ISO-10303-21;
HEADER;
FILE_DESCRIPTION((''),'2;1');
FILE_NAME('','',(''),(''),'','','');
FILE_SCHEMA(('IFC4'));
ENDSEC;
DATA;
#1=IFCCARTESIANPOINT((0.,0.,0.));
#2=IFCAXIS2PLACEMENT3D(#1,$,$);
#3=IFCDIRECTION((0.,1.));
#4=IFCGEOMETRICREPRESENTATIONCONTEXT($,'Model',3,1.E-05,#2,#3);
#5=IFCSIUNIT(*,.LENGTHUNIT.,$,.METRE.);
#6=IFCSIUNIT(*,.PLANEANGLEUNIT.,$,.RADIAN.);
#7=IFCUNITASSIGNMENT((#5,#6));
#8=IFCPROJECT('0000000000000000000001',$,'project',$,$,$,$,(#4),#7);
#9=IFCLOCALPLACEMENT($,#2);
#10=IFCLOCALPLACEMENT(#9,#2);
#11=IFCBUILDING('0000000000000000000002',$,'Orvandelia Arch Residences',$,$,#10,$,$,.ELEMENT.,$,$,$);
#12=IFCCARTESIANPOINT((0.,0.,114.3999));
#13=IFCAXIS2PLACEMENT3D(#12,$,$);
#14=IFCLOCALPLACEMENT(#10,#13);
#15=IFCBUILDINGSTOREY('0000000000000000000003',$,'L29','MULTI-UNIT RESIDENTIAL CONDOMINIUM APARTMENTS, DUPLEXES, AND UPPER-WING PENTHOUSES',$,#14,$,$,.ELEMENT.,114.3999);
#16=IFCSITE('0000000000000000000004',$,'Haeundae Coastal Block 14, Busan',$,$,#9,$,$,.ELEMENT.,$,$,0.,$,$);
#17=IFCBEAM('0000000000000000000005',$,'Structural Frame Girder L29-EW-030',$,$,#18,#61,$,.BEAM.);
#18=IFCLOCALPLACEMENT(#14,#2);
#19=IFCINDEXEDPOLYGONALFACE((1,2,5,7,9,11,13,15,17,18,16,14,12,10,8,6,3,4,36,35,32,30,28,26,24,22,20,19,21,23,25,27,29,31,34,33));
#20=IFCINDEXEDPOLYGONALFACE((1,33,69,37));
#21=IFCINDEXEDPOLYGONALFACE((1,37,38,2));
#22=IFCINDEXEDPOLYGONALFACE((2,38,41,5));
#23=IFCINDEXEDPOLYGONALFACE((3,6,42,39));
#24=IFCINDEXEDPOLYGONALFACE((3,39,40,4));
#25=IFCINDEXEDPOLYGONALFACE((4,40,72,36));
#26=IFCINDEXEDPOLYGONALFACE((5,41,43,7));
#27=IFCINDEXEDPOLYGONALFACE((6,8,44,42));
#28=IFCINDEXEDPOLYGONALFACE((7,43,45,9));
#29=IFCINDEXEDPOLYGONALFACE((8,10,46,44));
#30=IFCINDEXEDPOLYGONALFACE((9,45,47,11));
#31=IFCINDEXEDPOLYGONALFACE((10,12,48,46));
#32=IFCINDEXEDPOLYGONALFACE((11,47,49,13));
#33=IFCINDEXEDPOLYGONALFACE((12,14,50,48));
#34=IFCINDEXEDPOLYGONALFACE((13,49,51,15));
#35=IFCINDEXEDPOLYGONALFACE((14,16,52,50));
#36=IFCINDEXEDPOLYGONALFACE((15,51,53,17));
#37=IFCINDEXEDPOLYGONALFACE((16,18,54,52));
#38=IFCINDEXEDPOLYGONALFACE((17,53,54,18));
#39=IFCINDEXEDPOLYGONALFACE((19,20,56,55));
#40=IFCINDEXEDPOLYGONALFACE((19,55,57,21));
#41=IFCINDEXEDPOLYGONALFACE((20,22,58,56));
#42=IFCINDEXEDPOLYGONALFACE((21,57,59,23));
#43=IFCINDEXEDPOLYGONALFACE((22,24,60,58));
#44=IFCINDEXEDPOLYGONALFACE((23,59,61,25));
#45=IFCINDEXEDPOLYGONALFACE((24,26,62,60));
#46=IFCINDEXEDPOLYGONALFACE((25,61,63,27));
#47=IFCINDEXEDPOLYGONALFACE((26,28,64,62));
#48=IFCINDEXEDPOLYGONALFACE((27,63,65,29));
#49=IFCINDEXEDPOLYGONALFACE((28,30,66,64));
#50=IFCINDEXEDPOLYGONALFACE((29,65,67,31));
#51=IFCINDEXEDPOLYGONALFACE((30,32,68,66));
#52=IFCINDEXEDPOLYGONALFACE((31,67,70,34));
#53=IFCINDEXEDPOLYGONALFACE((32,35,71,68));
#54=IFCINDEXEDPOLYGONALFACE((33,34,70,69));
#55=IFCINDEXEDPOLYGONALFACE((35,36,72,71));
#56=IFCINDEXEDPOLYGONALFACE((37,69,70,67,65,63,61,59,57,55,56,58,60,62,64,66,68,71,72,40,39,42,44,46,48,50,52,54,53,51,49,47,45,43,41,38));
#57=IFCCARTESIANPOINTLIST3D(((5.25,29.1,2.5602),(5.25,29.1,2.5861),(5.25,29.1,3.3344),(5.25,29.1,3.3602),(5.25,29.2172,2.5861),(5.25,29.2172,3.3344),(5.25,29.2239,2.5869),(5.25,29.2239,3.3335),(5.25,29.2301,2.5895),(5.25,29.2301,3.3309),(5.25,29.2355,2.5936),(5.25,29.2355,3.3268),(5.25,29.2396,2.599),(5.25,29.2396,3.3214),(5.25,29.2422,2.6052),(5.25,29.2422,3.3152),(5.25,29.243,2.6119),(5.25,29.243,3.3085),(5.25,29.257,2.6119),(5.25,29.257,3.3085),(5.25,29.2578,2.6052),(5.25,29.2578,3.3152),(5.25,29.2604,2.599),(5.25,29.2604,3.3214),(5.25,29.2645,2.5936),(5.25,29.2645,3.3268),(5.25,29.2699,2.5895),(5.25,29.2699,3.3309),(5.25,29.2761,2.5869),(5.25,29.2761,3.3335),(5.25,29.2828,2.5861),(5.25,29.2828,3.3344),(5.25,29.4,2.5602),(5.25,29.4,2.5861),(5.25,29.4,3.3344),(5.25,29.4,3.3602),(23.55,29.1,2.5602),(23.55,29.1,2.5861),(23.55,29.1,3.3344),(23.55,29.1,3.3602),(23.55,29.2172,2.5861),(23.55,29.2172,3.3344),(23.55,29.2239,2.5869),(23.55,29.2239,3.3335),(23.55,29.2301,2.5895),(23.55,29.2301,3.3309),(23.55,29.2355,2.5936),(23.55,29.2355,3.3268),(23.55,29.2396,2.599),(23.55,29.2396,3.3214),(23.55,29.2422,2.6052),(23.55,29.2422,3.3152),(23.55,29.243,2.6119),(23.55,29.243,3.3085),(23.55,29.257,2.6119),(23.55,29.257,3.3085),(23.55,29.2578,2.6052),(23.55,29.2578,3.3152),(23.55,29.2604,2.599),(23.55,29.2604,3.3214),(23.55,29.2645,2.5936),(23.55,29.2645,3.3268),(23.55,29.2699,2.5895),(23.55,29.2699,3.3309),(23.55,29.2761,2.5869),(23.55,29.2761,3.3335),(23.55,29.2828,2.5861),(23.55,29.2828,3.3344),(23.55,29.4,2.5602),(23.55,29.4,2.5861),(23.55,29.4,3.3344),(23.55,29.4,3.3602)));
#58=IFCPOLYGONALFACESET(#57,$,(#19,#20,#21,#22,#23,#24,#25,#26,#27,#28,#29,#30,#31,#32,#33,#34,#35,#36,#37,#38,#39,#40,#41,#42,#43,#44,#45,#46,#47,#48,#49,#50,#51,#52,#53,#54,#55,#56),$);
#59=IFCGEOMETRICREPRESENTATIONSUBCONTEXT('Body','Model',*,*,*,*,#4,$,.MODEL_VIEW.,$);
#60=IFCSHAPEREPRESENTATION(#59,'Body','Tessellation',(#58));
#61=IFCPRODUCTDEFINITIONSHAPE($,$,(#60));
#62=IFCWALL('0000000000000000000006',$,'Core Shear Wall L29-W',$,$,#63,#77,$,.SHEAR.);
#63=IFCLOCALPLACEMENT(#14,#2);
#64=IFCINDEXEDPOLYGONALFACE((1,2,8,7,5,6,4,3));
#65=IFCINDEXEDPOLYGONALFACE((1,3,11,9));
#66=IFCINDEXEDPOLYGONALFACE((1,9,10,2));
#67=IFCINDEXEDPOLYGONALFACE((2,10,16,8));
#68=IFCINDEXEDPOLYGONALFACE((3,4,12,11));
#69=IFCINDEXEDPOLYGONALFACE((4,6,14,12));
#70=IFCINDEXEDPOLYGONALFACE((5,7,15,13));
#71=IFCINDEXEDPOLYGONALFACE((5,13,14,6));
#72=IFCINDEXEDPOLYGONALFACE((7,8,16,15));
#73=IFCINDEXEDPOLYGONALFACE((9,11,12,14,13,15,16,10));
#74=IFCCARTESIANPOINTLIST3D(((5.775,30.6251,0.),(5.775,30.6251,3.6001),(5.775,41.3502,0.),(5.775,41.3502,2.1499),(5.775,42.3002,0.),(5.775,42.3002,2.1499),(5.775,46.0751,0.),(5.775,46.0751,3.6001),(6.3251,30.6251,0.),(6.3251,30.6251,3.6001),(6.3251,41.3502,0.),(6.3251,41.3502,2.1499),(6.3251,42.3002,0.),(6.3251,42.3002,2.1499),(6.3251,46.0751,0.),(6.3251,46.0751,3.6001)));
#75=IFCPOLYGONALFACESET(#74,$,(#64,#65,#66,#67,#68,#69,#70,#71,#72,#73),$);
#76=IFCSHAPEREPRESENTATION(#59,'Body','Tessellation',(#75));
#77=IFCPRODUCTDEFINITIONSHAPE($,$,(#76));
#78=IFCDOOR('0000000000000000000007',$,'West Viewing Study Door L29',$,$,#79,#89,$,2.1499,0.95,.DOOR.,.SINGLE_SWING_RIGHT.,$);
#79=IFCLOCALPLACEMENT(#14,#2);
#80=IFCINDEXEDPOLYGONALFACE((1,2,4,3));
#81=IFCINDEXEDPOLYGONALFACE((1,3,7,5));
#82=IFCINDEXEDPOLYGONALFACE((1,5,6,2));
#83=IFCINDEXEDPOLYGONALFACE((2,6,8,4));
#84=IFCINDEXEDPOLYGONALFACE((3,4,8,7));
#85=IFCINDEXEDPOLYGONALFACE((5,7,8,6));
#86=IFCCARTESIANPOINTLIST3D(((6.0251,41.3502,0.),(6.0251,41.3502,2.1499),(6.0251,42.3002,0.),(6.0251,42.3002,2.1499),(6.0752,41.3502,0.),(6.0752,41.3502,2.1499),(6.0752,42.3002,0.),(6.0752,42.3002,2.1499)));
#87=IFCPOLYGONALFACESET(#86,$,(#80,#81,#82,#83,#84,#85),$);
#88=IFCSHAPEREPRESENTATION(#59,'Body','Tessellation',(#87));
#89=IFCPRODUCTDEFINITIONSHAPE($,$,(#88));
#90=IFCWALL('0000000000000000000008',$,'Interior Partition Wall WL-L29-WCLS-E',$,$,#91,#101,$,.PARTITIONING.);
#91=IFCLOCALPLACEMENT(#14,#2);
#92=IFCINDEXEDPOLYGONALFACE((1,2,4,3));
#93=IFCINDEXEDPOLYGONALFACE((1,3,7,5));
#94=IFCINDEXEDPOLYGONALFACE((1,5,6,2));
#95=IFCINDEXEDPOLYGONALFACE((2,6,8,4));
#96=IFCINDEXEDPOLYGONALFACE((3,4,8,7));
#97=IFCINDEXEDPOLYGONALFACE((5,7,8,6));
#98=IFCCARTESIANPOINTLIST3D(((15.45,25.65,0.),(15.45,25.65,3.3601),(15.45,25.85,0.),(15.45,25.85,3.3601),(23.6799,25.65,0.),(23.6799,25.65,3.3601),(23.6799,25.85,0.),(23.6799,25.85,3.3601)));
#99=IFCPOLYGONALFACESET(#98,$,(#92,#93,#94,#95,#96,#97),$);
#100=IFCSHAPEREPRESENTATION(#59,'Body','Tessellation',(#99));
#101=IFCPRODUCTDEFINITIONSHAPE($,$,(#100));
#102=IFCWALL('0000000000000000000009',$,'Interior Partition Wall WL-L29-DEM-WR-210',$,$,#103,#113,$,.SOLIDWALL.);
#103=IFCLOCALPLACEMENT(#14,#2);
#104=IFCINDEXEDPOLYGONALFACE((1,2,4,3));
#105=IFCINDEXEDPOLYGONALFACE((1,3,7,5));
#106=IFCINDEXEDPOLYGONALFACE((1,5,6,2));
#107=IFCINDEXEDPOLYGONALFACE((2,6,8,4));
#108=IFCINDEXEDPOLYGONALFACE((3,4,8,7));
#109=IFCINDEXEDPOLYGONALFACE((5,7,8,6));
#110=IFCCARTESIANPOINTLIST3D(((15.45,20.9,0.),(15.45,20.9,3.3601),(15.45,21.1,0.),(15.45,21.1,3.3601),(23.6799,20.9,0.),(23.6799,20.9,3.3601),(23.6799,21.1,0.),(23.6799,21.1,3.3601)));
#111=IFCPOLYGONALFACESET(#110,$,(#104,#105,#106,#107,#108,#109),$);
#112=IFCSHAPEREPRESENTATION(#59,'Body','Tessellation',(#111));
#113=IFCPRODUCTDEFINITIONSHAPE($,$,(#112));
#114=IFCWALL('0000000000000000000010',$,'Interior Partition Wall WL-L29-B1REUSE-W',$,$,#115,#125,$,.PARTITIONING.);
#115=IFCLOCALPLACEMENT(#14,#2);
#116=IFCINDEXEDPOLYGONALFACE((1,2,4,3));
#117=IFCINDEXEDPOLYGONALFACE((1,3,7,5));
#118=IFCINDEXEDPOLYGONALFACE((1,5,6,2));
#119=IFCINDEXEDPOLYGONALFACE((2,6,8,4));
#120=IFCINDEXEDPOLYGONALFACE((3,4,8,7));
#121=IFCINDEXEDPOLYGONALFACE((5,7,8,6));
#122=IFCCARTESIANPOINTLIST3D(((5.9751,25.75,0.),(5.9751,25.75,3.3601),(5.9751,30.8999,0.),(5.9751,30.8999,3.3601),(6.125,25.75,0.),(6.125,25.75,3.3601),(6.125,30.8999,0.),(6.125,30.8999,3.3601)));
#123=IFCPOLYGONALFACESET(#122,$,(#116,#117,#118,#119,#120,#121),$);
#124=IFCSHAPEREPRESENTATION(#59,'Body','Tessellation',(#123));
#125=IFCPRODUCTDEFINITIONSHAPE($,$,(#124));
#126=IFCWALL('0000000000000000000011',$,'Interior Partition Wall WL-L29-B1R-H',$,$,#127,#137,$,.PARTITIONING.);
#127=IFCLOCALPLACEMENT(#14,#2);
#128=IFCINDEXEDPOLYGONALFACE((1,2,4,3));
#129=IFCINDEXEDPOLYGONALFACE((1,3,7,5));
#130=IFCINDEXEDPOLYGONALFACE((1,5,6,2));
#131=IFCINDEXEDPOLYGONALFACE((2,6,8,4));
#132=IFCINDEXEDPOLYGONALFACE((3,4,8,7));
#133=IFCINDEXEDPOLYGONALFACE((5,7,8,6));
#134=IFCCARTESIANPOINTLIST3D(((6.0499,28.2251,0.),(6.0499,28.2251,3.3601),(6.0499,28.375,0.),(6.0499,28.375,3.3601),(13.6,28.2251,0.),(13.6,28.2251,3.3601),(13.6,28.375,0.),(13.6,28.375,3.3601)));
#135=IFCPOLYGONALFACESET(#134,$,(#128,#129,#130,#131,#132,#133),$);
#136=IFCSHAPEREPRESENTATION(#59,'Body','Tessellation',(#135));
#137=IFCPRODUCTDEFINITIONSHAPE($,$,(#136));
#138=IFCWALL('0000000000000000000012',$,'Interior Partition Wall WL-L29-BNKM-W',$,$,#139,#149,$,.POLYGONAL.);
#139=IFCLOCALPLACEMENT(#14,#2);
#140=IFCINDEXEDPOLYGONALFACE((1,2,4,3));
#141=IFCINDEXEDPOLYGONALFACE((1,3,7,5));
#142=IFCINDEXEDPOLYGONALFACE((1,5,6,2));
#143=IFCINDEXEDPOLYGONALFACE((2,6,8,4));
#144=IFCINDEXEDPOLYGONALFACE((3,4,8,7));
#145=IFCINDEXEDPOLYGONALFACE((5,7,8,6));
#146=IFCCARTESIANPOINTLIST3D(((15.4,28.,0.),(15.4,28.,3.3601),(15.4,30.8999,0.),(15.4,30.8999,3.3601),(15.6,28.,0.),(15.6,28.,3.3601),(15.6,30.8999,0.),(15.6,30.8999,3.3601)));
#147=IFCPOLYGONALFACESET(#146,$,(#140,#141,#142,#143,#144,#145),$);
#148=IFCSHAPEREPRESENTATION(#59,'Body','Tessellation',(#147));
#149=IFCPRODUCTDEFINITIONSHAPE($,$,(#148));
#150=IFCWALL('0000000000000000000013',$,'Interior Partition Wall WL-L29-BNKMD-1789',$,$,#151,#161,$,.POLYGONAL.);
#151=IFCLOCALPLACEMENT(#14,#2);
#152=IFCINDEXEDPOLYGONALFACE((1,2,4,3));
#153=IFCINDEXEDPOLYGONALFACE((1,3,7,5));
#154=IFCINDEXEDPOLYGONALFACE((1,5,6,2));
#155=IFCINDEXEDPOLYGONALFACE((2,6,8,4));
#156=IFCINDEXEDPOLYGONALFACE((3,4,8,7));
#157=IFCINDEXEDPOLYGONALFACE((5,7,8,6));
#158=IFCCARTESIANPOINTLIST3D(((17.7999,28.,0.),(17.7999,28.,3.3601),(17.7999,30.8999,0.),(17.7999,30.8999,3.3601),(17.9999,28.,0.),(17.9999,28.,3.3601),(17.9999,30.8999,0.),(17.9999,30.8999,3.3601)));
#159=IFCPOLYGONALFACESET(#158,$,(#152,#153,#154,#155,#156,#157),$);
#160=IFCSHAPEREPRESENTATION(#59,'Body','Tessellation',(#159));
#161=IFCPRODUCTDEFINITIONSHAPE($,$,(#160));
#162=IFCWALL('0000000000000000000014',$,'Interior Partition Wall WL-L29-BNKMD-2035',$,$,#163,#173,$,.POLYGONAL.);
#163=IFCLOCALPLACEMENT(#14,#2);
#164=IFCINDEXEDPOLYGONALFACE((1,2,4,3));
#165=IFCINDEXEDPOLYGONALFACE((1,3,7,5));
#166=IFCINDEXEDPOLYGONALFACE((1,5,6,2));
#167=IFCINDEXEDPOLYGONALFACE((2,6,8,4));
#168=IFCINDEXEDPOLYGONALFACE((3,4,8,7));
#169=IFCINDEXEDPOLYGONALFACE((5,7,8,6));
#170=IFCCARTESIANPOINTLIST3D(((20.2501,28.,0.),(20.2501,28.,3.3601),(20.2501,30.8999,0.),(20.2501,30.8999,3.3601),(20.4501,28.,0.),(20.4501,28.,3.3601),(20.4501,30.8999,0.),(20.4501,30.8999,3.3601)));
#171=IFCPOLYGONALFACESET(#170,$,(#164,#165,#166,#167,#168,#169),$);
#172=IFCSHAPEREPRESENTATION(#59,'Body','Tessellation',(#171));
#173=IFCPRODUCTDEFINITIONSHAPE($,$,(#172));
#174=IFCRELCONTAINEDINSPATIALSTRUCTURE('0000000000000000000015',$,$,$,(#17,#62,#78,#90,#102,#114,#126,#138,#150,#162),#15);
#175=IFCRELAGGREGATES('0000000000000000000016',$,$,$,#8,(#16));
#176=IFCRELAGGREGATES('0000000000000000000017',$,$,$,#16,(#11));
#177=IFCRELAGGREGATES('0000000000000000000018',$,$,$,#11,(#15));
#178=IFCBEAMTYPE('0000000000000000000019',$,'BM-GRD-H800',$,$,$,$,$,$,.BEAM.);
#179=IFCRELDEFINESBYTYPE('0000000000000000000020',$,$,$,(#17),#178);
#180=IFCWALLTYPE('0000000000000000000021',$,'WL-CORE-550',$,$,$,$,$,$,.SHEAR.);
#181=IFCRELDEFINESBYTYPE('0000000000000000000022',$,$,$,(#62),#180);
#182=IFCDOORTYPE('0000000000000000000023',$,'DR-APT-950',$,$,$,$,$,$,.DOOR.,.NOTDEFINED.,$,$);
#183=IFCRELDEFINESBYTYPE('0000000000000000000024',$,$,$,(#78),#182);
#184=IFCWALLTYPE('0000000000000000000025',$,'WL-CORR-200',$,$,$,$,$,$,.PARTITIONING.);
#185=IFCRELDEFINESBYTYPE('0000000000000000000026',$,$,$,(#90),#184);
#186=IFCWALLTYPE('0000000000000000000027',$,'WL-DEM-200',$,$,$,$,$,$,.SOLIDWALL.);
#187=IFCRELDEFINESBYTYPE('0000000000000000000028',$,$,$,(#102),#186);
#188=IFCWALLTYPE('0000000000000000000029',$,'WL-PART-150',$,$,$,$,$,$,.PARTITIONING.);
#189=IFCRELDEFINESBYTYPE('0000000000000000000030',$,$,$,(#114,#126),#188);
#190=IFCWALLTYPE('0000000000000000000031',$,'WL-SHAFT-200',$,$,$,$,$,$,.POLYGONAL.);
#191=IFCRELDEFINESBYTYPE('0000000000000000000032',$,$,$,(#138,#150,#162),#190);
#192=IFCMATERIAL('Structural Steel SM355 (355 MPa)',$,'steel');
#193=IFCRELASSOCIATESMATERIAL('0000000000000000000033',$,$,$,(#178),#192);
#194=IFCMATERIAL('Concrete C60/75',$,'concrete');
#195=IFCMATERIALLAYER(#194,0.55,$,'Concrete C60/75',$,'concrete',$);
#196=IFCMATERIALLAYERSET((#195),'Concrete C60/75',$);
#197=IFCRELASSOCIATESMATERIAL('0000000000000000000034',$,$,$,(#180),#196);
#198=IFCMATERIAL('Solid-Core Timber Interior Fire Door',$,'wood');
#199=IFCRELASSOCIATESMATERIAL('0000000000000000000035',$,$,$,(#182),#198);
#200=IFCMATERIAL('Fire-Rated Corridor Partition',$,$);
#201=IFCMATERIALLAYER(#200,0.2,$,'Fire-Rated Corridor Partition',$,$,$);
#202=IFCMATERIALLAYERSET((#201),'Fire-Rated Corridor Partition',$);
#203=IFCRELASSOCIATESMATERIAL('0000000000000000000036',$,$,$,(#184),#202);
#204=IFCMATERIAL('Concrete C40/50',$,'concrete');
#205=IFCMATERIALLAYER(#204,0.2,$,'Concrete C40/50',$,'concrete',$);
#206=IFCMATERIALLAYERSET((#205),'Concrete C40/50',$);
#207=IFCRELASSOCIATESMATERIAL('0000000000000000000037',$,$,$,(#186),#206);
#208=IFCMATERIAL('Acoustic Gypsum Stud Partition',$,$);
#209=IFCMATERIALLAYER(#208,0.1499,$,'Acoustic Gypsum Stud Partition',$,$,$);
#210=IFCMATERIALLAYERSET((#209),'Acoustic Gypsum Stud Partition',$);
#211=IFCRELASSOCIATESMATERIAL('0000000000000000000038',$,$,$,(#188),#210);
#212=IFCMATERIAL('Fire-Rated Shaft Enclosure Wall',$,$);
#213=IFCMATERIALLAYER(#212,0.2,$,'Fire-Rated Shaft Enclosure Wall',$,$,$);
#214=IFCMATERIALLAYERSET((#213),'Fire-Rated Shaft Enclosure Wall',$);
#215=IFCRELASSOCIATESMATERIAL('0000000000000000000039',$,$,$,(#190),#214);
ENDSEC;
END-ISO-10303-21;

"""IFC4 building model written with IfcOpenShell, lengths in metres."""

from ifc_helpers import new_model, si_unit, direction, frame, frame_2d, origin, origin_2d, place, context, subcontext, project, spatial, rectangle, i_section, extrude, material, layer, layer_set, material_profile, profile_set, type_object, element, fill, save


model = new_model("IFC4")

# Units and contexts
model_context = context("Model", 3, precision=1e-05, world=origin(), true_north=direction((0.0, 1.0)))
body_context = subcontext(model_context, "Body", "Model", "MODEL_VIEW")
ifc_project = project(units=[si_unit("LENGTHUNIT", "METRE"), si_unit("PLANEANGLEUNIT", "RADIAN")], contexts=[model_context])

# Site, building, storey
site_placement = place(None, origin())
site = spatial("IfcSite", under=ifc_project, at=site_placement, Name="Haeundae Coastal Block 14, Busan", CompositionType="ELEMENT", RefElevation=0.0)
building_placement = place(site_placement, origin())
building = spatial("IfcBuilding", under=site, at=building_placement, Name="Orvandelia Arch Residences", CompositionType="ELEMENT")
storey_placement = place(building_placement, frame((0.0, 0.0, 114.3999)))
storey = spatial("IfcBuildingStorey", under=building, at=storey_placement, Name="L29", Description="MULTI-UNIT RESIDENTIAL CONDOMINIUM APARTMENTS, DUPLEXES, AND UPPER-WING PENTHOUSES", CompositionType="ELEMENT", Elevation=114.3999)

# Beam
ifc_material_1 = material(Name="Structural Steel SM355 (355 MPa)", Category="steel")
ifc_material_profile = material_profile(ifc_material_1, i_section(OverallWidth=0.3, OverallDepth=0.8, WebThickness=0.0139, FlangeThickness=0.0259, FilletRadius=0.0259, at=origin_2d()), Name="Structural Steel SM355 (355 MPa)", Category="steel")
ifc_profile_set = profile_set([ifc_material_profile], Name="Structural Steel SM355 (355 MPa)")
beam_type = type_object("IfcBeamType", Name="BM-GRD-H800", PredefinedType="BEAM", material=ifc_profile_set)
beam_placement = place(storey_placement, frame((5.25, 29.25, 2.9602), z_axis=(1.0, 0.0, 0.0), x_axis=(0.0, 1.0, 0.0)))
element("IfcBeam", 1, at=beam_placement, inside=storey, type_object=beam_type, Name="Structural Frame Girder L29-EW-030", PredefinedType="BEAM", context=body_context, shape_type="SweptSolid", body=[
    extrude(i_section(OverallWidth=0.3, OverallDepth=0.8, WebThickness=0.0139, FlangeThickness=0.0259, FilletRadius=0.0259, at=origin_2d()), origin(), (0.0, 0.0, 1.0), 18.3),
])

# Wall, opening, door
ifc_material_2 = material(Name="Concrete C60/75", Category="concrete")
ifc_layer_1 = layer(ifc_material_2, 0.55, Name="Concrete C60/75", Category="concrete")
ifc_layer_set_1 = layer_set([ifc_layer_1], Name="Concrete C60/75")
wall_type_1 = type_object("IfcWallType", Name="WL-CORE-550", PredefinedType="SHEAR", material=ifc_layer_set_1)
wall_1_placement = place(storey_placement, frame((6.05, 30.625, 0.0), z_axis=(0.0, 0.0, 1.0), x_axis=(0.0, 1.0, 0.0)))
wall_1 = element("IfcWall", 2, at=wall_1_placement, inside=storey, type_object=wall_type_1, Name="Core Shear Wall L29-W", PredefinedType="SHEAR", context=body_context, shape_type="SweptSolid", body=[
    extrude(rectangle(XDim=15.45, YDim=0.55, at=frame_2d((7.7251, 0.0))), origin(), (0.0, 0.0, 1.0), 3.6001),
])
opening_1_placement = place(wall_1_placement, frame((10.7251, 0.0, 0.0)))
opening_1 = element("IfcOpeningElement", 3, at=opening_1_placement, cuts=wall_1, PredefinedType="OPENING", context=body_context, shape_type="SweptSolid", body=[
    extrude(rectangle(XDim=0.95, YDim=2.1499, at=frame_2d((0.4751, 1.075))), frame((0.0, 0.2852, 0.0), z_axis=(0.0, -1.0, 0.0), x_axis=(1.0, 0.0, 0.0)), (0.0, 0.0, 1.0), 0.5701),
])
ifc_material_3 = material(Name="Solid-Core Timber Interior Fire Door", Category="wood")
door_type_1 = type_object("IfcDoorType", Name="DR-APT-950", OperationType="NOTDEFINED", PredefinedType="DOOR", material=ifc_material_3)
door_1_placement = place(opening_1_placement, origin())
door_1 = element("IfcDoor", 4, at=door_1_placement, inside=storey, type_object=door_type_1, Name="West Viewing Study Door L29", OperationType="SINGLE_SWING_RIGHT", OverallHeight=2.1499, OverallWidth=0.95, PredefinedType="DOOR", context=body_context, shape_type="SweptSolid", body=[
    extrude(rectangle(XDim=0.95, YDim=2.1499, at=frame_2d((0.4751, 1.075))), frame((0.0, 0.0249, 0.0), z_axis=(0.0, -1.0, 0.0), x_axis=(1.0, 0.0, 0.0)), (0.0, 0.0, 1.0), 0.05),
])
fill(opening_1, door_1)

# Walls
ifc_material_4 = material(Name="Fire-Rated Corridor Partition")
ifc_layer_2 = layer(ifc_material_4, 0.2, Name="Fire-Rated Corridor Partition")
ifc_layer_set_2 = layer_set([ifc_layer_2], Name="Fire-Rated Corridor Partition")
wall_type_2 = type_object("IfcWallType", Name="WL-CORR-200", PredefinedType="PARTITIONING", material=ifc_layer_set_2)
wall_2_placement = place(storey_placement, frame((15.45, 25.75, 0.0), z_axis=(0.0, 0.0, 1.0), x_axis=(1.0, 0.0, 0.0)))
element("IfcWall", 5, at=wall_2_placement, inside=storey, type_object=wall_type_2, Name="Interior Partition Wall WL-L29-WCLS-E", PredefinedType="PARTITIONING", context=body_context, shape_type="SweptSolid", body=[
    extrude(rectangle(XDim=8.23, YDim=0.2, at=frame_2d((4.115, 0.0))), origin(), (0.0, 0.0, 1.0), 3.3601),
])
ifc_material_5 = material(Name="Concrete C40/50", Category="concrete")
ifc_layer_3 = layer(ifc_material_5, 0.2, Name="Concrete C40/50", Category="concrete")
ifc_layer_set_3 = layer_set([ifc_layer_3], Name="Concrete C40/50")
wall_type_3 = type_object("IfcWallType", Name="WL-DEM-200", PredefinedType="SOLIDWALL", material=ifc_layer_set_3)
wall_3_placement = place(storey_placement, frame((15.45, 21.0, 0.0), z_axis=(0.0, 0.0, 1.0), x_axis=(1.0, 0.0, 0.0)))
element("IfcWall", 6, at=wall_3_placement, inside=storey, type_object=wall_type_3, Name="Interior Partition Wall WL-L29-DEM-WR-210", PredefinedType="SOLIDWALL", context=body_context, shape_type="SweptSolid", body=[
    extrude(rectangle(XDim=8.23, YDim=0.2, at=frame_2d((4.115, 0.0))), origin(), (0.0, 0.0, 1.0), 3.3601),
])
ifc_material_6 = material(Name="Acoustic Gypsum Stud Partition")
ifc_layer_4 = layer(ifc_material_6, 0.1499, Name="Acoustic Gypsum Stud Partition")
ifc_layer_set_4 = layer_set([ifc_layer_4], Name="Acoustic Gypsum Stud Partition")
wall_type_4 = type_object("IfcWallType", Name="WL-PART-150", PredefinedType="PARTITIONING", material=ifc_layer_set_4)
wall_4_placement = place(storey_placement, frame((6.05, 25.75, 0.0), z_axis=(0.0, 0.0, 1.0), x_axis=(0.0, 1.0, 0.0)))
element("IfcWall", 7, at=wall_4_placement, inside=storey, type_object=wall_type_4, Name="Interior Partition Wall WL-L29-B1REUSE-W", PredefinedType="PARTITIONING", context=body_context, shape_type="SweptSolid", body=[
    extrude(rectangle(XDim=5.1499, YDim=0.1499, at=frame_2d((2.575, 0.0))), origin(), (0.0, 0.0, 1.0), 3.3601),
])
wall_5_placement = place(storey_placement, frame((6.05, 28.3, 0.0), z_axis=(0.0, 0.0, 1.0), x_axis=(1.0, 0.0, 0.0)))
element("IfcWall", 8, at=wall_5_placement, inside=storey, type_object=wall_type_4, Name="Interior Partition Wall WL-L29-B1R-H", PredefinedType="PARTITIONING", context=body_context, shape_type="SweptSolid", body=[
    extrude(rectangle(XDim=7.55, YDim=0.1499, at=frame_2d((3.7749, 0.0))), origin(), (0.0, 0.0, 1.0), 3.3601),
])

# Shared definitions
ifc_material_7 = material(Name="Fire-Rated Shaft Enclosure Wall")
ifc_layer_5 = layer(ifc_material_7, 0.2, Name="Fire-Rated Shaft Enclosure Wall")
ifc_layer_set_5 = layer_set([ifc_layer_5], Name="Fire-Rated Shaft Enclosure Wall")
wall_type_5 = type_object("IfcWallType", Name="WL-SHAFT-200", PredefinedType="POLYGONAL", material=ifc_layer_set_5)

# Walls
for number, where, z_axis, x_axis, name in (
    (9, (15.5, 28.0, 0.0), (0.0, 0.0, 1.0), (0.0, 1.0, 0.0), "Interior Partition Wall WL-L29-BNKM-W"),
    (10, (17.8999, 28.0, 0.0), (0.0, 0.0, 1.0), (0.0, 1.0, 0.0), "Interior Partition Wall WL-L29-BNKMD-1789"),
    (11, (20.3501, 28.0, 0.0), (0.0, 0.0, 1.0), (0.0, 1.0, 0.0), "Interior Partition Wall WL-L29-BNKMD-2035"),
):
    element("IfcWall", number, at=place(storey_placement, frame(where, z_axis=z_axis, x_axis=x_axis)), inside=storey, type_object=wall_type_5, Name=name, PredefinedType="POLYGONAL", context=body_context, shape_type="SweptSolid", body=[
        extrude(rectangle(XDim=2.8999, YDim=0.2, at=frame_2d((1.45, 0.0))), origin(), (0.0, 0.0, 1.0), 3.3601),
    ])

save(model, "model.ifc")
